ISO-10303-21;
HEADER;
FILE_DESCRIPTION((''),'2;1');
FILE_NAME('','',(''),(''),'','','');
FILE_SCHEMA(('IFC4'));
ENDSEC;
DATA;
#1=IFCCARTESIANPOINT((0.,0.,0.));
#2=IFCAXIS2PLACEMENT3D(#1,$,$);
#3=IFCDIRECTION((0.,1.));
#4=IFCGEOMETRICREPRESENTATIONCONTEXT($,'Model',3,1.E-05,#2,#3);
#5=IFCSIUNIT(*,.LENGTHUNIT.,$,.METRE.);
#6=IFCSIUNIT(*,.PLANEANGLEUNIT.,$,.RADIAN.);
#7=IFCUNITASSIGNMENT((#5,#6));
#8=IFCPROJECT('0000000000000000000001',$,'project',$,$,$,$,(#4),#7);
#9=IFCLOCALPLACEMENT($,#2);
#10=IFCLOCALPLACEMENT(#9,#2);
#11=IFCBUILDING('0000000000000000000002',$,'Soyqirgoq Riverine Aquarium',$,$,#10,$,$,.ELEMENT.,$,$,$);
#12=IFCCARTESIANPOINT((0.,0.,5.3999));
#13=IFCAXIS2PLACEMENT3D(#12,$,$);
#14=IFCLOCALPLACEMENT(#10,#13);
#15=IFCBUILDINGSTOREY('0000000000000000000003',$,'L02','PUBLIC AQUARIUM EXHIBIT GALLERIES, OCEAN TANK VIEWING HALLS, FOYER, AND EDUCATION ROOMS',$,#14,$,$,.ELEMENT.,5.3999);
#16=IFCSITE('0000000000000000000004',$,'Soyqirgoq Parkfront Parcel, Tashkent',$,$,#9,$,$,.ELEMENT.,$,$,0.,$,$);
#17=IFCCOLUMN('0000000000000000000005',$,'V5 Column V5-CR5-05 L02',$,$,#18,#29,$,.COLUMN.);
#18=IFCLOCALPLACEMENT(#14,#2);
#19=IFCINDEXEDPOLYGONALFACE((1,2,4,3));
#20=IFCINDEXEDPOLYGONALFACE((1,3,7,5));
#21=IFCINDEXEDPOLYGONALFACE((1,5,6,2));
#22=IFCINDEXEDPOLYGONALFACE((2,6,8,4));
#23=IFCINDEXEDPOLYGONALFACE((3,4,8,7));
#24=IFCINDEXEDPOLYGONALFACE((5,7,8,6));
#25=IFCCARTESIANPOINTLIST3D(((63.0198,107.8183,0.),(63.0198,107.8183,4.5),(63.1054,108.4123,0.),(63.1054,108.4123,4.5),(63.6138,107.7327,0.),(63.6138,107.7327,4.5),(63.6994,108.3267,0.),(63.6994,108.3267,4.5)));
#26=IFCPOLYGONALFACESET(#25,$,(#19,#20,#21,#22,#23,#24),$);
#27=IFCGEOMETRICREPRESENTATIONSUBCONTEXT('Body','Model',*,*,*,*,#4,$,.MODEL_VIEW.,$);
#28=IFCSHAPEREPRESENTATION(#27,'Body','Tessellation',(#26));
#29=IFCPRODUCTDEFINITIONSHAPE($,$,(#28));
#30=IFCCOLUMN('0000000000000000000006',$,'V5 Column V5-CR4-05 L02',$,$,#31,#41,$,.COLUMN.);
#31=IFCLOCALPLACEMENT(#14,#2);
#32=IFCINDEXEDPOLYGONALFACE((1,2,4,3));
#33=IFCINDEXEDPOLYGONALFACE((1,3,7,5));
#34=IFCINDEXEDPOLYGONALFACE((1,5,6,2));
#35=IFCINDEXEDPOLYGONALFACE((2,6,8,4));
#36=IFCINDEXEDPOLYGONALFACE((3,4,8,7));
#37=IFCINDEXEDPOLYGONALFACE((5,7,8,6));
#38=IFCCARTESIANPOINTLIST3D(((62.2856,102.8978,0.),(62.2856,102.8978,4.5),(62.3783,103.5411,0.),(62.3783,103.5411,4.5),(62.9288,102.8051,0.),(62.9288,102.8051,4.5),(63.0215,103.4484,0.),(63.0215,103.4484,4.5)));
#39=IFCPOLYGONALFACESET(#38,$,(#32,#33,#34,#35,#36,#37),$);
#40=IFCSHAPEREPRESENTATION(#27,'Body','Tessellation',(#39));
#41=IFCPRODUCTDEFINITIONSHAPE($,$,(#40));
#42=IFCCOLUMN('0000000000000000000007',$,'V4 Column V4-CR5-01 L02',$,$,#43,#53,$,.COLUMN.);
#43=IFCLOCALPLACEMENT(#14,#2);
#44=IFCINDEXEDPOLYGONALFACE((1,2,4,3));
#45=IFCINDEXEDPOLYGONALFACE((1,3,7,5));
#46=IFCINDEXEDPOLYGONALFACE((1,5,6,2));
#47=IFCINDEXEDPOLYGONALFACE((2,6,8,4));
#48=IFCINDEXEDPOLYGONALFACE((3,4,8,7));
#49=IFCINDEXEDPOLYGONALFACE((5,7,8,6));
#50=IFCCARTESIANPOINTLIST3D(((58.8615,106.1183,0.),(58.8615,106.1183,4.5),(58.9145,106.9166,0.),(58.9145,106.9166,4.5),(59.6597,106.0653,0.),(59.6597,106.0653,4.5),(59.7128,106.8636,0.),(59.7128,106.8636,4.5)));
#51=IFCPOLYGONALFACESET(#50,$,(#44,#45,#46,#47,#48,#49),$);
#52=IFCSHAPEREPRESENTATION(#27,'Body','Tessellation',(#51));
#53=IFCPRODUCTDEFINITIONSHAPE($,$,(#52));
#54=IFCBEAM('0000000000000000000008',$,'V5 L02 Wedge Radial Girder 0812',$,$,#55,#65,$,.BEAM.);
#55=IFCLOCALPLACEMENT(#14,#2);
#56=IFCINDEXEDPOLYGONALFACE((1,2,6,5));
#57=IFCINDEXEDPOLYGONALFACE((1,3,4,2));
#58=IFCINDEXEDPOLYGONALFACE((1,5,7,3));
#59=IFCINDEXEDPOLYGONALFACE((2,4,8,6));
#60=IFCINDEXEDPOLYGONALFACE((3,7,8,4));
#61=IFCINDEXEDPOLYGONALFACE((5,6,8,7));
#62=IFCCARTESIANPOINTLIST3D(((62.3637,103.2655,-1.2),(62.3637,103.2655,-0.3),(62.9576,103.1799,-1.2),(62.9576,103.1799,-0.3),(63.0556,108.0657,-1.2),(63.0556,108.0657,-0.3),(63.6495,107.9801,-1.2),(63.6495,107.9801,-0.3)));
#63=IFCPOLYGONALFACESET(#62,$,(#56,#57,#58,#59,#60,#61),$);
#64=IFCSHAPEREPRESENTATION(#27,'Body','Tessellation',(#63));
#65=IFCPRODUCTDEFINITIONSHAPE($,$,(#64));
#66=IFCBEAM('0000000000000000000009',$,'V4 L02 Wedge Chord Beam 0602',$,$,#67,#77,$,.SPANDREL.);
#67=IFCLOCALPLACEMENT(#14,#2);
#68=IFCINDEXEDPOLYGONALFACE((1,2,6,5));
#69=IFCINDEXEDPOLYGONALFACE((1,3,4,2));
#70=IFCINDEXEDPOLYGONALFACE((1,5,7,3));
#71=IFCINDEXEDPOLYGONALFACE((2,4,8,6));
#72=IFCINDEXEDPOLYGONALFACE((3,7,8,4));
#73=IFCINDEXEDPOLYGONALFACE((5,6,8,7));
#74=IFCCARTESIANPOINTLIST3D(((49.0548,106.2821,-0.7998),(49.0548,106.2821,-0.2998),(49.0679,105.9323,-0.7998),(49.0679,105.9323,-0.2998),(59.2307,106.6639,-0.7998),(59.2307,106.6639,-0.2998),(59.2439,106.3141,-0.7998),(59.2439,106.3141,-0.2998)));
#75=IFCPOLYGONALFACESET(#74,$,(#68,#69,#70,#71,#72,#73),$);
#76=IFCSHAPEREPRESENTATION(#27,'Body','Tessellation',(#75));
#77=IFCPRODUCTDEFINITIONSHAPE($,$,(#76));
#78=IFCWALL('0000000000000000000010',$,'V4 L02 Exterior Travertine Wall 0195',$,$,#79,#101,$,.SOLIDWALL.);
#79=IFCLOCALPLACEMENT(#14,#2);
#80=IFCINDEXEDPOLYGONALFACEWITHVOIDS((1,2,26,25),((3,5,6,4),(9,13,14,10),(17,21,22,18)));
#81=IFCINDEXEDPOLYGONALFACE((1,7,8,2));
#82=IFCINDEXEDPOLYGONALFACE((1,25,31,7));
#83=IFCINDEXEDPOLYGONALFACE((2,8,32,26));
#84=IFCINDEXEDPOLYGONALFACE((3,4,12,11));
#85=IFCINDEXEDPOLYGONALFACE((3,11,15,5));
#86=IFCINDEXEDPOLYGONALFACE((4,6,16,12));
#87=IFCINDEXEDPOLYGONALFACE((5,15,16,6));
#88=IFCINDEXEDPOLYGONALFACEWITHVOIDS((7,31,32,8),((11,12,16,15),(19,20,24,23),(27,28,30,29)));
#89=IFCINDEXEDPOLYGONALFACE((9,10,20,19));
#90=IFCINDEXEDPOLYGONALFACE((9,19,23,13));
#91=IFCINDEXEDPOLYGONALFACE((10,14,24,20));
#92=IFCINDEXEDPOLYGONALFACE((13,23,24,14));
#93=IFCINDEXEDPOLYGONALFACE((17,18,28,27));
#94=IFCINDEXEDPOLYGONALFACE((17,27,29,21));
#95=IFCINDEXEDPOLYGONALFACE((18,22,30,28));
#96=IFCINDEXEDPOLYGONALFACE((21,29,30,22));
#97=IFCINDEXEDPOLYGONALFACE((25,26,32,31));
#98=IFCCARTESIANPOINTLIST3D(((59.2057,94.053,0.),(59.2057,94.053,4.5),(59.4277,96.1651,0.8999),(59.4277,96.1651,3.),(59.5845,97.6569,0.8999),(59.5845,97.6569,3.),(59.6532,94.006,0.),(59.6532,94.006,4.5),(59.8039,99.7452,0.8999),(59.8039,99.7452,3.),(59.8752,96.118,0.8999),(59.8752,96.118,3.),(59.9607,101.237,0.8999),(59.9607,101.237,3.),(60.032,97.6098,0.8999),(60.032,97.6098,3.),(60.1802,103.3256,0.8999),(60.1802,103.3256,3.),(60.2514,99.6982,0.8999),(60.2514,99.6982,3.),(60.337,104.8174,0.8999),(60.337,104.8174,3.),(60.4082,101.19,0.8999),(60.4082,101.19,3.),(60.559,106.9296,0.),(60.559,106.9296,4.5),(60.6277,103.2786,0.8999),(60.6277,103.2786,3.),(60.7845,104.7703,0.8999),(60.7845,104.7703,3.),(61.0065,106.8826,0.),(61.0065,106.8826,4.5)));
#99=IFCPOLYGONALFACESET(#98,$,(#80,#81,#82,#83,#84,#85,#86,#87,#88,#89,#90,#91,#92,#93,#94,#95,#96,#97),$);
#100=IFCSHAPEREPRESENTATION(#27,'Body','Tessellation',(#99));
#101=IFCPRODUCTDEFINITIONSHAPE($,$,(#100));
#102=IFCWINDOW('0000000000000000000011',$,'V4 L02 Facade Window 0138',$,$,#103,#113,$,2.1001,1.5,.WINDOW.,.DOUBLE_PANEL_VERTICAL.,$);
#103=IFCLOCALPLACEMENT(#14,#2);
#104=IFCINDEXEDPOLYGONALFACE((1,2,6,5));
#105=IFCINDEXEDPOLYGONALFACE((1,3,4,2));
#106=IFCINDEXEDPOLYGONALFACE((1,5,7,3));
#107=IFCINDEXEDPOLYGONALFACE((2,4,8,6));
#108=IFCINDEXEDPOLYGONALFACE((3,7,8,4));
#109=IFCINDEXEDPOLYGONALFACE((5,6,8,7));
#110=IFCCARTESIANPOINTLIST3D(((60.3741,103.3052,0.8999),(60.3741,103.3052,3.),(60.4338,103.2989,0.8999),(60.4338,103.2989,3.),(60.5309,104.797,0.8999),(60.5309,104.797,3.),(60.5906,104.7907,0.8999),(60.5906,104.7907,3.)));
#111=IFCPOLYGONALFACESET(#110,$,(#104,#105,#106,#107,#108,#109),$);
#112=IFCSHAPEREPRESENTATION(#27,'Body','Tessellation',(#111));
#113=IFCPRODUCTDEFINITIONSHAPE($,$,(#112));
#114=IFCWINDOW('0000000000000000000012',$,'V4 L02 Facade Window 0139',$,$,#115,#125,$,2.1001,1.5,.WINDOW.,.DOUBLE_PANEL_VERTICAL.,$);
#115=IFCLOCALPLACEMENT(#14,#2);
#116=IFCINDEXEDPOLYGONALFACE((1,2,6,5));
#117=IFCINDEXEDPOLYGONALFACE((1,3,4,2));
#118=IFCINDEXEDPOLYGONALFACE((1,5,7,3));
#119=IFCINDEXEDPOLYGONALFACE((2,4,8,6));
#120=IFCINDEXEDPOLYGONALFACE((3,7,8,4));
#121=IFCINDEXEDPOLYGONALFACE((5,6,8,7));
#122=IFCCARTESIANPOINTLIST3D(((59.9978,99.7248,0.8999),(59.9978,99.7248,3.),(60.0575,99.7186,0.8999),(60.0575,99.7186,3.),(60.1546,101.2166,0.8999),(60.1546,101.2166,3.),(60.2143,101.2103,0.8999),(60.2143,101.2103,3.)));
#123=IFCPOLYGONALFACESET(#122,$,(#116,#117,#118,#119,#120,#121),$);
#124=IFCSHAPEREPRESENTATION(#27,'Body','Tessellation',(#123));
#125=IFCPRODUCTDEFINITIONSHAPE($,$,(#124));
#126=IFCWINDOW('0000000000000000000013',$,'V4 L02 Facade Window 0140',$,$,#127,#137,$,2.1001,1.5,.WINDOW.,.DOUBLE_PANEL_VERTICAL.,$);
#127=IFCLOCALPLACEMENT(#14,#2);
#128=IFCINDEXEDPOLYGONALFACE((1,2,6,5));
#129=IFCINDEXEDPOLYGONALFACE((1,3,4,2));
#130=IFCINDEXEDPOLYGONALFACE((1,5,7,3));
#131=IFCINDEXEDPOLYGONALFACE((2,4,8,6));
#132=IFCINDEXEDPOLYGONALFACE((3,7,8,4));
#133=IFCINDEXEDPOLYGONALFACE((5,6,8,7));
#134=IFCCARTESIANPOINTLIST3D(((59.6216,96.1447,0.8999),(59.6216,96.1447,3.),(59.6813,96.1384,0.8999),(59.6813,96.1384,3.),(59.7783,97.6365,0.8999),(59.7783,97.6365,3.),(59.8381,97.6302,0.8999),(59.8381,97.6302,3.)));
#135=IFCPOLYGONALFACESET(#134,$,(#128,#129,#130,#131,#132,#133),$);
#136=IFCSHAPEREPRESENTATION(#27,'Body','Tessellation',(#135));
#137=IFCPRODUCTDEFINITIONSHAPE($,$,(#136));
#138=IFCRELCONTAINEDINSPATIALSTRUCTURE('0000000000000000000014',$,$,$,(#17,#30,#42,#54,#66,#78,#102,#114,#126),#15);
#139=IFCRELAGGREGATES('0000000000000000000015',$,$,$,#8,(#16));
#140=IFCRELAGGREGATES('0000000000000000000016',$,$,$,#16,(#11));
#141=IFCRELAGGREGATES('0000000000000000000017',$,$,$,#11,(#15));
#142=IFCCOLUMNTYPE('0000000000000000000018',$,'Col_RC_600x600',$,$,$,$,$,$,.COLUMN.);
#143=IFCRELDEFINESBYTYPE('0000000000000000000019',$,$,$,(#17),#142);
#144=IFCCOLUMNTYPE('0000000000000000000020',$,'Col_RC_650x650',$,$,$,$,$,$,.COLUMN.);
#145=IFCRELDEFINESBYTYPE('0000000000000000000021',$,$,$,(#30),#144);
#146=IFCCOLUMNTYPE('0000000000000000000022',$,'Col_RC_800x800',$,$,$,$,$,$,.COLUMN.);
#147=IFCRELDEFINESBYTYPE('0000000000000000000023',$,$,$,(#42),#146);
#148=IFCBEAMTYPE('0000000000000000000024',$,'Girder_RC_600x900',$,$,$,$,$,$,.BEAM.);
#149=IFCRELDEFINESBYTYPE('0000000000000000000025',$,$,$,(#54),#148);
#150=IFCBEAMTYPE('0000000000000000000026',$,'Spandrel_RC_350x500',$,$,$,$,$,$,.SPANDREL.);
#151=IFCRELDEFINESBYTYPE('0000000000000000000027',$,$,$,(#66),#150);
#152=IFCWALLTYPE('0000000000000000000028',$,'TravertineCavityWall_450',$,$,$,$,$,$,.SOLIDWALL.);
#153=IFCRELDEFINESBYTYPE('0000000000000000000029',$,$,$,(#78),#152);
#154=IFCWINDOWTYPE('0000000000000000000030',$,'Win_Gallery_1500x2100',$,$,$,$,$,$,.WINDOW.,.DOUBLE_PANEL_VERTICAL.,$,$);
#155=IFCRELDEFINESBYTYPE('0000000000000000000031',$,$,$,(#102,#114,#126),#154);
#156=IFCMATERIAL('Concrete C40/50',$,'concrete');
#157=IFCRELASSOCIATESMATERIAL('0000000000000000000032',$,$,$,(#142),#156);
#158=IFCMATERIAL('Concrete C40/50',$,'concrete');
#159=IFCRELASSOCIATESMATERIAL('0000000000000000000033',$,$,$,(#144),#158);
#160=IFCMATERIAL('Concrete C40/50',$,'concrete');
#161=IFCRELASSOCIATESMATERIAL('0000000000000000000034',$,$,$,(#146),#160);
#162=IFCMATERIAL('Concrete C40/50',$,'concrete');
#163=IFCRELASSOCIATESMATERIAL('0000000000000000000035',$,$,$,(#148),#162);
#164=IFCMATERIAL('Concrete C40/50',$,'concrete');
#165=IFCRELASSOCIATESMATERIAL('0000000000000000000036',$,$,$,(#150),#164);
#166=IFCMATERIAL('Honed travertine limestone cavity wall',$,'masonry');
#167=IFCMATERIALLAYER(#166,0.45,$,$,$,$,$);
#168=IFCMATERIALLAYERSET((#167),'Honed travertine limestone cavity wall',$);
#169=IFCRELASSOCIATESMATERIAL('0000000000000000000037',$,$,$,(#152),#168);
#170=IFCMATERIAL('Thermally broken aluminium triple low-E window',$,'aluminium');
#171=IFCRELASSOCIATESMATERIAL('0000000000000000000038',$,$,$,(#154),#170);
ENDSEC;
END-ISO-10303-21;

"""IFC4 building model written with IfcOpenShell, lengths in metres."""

from ifc_helpers import new_model, si_unit, direction, frame, frame_2d, origin, origin_2d, place, context, subcontext, project, spatial, rectangle, extrude, material, layer, layer_set, material_profile, profile_set, type_object, element, fill, save


model = new_model("IFC4")

# Units and contexts
model_context = context("Model", 3, precision=1e-05, world=origin(), true_north=direction((0.0, 1.0)))
body_context = subcontext(model_context, "Body", "Model", "MODEL_VIEW")
ifc_project = project(units=[si_unit("LENGTHUNIT", "METRE"), si_unit("PLANEANGLEUNIT", "RADIAN")], contexts=[model_context])

# Site, building, storey
site_placement = place(None, origin())
site = spatial("IfcSite", under=ifc_project, at=site_placement, Name="Soyqirgoq Parkfront Parcel, Tashkent", CompositionType="ELEMENT", RefElevation=0.0)
building_placement = place(site_placement, origin())
building = spatial("IfcBuilding", under=site, at=building_placement, Name="Soyqirgoq Riverine Aquarium", CompositionType="ELEMENT")
storey_placement = place(building_placement, frame((0.0, 0.0, 5.3999)))
storey = spatial("IfcBuildingStorey", under=building, at=storey_placement, Name="L02", Description="PUBLIC AQUARIUM EXHIBIT GALLERIES, OCEAN TANK VIEWING HALLS, FOYER, AND EDUCATION ROOMS", CompositionType="ELEMENT", Elevation=5.3999)

# Columns
ifc_material_1 = material(Name="Concrete C40/50", Category="concrete")
ifc_material_profile_1 = material_profile(ifc_material_1, rectangle(XDim=0.6001, YDim=0.6001, at=origin_2d()), Name="RC 600x600")
ifc_profile_set_1 = profile_set([ifc_material_profile_1], Name="Concrete C40/50")
column_type_1 = type_object("IfcColumnType", Name="Col_RC_600x600", PredefinedType="COLUMN", material=ifc_profile_set_1)
column_1_placement = place(storey_placement, frame((63.3596, 108.0725, 0.0), z_axis=(0.0, 0.0, 1.0), x_axis=(0.142629, 0.989776, 0.0)))
element("IfcColumn", 1, at=column_1_placement, inside=storey, type_object=column_type_1, Name="V5 Column V5-CR5-05 L02", PredefinedType="COLUMN", context=body_context, shape_type="SweptSolid", body=[
    extrude(rectangle(XDim=0.6001, YDim=0.6001, at=origin_2d()), origin(), (0.0, 0.0, 1.0), 4.5),
])
ifc_material_2 = material(Name="Concrete C40/50", Category="concrete")
ifc_material_profile_2 = material_profile(ifc_material_2, rectangle(XDim=0.6499, YDim=0.6499, at=origin_2d()), Name="RC 650x650")
ifc_profile_set_2 = profile_set([ifc_material_profile_2], Name="Concrete C40/50")
column_type_2 = type_object("IfcColumnType", Name="Col_RC_650x650", PredefinedType="COLUMN", material=ifc_profile_set_2)
column_2_placement = place(storey_placement, frame((62.6536, 103.1731, 0.0), z_axis=(0.0, 0.0, 1.0), x_axis=(0.142629, 0.989776, 0.0)))
element("IfcColumn", 2, at=column_2_placement, inside=storey, type_object=column_type_2, Name="V5 Column V5-CR4-05 L02", PredefinedType="COLUMN", context=body_context, shape_type="SweptSolid", body=[
    extrude(rectangle(XDim=0.6499, YDim=0.6499, at=origin_2d()), origin(), (0.0, 0.0, 1.0), 4.5),
])
ifc_material_3 = material(Name="Concrete C40/50", Category="concrete")
ifc_material_profile_3 = material_profile(ifc_material_3, rectangle(XDim=0.8, YDim=0.8, at=origin_2d()), Name="RC 800x800")
ifc_profile_set_3 = profile_set([ifc_material_profile_3], Name="Concrete C40/50")
column_type_3 = type_object("IfcColumnType", Name="Col_RC_800x800", PredefinedType="COLUMN", material=ifc_profile_set_3)
column_3_placement = place(storey_placement, frame((59.2871, 106.491, 0.0), z_axis=(0.0, 0.0, 1.0), x_axis=(0.066274, 0.997801, 0.0)))
element("IfcColumn", 3, at=column_3_placement, inside=storey, type_object=column_type_3, Name="V4 Column V4-CR5-01 L02", PredefinedType="COLUMN", context=body_context, shape_type="SweptSolid", body=[
    extrude(rectangle(XDim=0.8, YDim=0.8, at=origin_2d()), origin(), (0.0, 0.0, 1.0), 4.5),
])

# Beams
ifc_material_4 = material(Name="Concrete C40/50", Category="concrete")
ifc_material_profile_4 = material_profile(ifc_material_4, rectangle(XDim=0.6001, YDim=0.8999, at=origin_2d()), Name="RC 600x900")
ifc_profile_set_4 = profile_set([ifc_material_profile_4], Name="Concrete C40/50")
beam_type_1 = type_object("IfcBeamType", Name="Girder_RC_600x900", PredefinedType="BEAM", material=ifc_profile_set_4)
beam_1_placement = place(storey_placement, frame((62.6606, 103.2227, -0.75), z_axis=(0.142662, 0.989772, 0.0), x_axis=(-0.989772, 0.142662, 0.0)))
element("IfcBeam", 4, at=beam_1_placement, inside=storey, type_object=beam_type_1, Name="V5 L02 Wedge Radial Girder 0812", PredefinedType="BEAM", context=body_context, shape_type="SweptSolid", body=[
    extrude(rectangle(XDim=0.6001, YDim=0.8999, at=origin_2d()), origin(), (0.0, 0.0, 1.0), 4.8499),
])
ifc_material_5 = material(Name="Concrete C40/50", Category="concrete")
ifc_material_profile_5 = material_profile(ifc_material_5, rectangle(XDim=0.3501, YDim=0.5, at=origin_2d()), Name="RC 350x500")
ifc_profile_set_5 = profile_set([ifc_material_profile_5], Name="Concrete C40/50")
beam_type_2 = type_object("IfcBeamType", Name="Spandrel_RC_350x500", PredefinedType="SPANDREL", material=ifc_profile_set_5)
beam_2_placement = place(storey_placement, frame((59.2373, 106.489, -0.5498), z_axis=(-0.999297, -0.037497, 0.0), x_axis=(0.037497, -0.999297, 0.0)))
element("IfcBeam", 5, at=beam_2_placement, inside=storey, type_object=beam_type_2, Name="V4 L02 Wedge Chord Beam 0602", PredefinedType="SPANDREL", context=body_context, shape_type="SweptSolid", body=[
    extrude(rectangle(XDim=0.3501, YDim=0.5, at=origin_2d()), origin(), (0.0, 0.0, 1.0), 10.1831),
])

# Wall, openings, windows
ifc_material_6 = material(Name="Honed travertine limestone cavity wall", Category="masonry")
ifc_layer_1 = layer(ifc_material_6, 0.45)
ifc_layer_set_1 = layer_set([ifc_layer_1], Name="Honed travertine limestone cavity wall")
wall_type_1 = type_object("IfcWallType", Name="TravertineCavityWall_450", PredefinedType="SOLIDWALL", material=ifc_layer_set_1)
wall_1_placement = place(storey_placement, frame((60.7827, 106.906, 0.0), z_axis=(0.0, 0.0, 1.0), x_axis=(-0.104519, -0.994523, 0.0)))
wall_1 = element("IfcWall", 6, at=wall_1_placement, inside=storey, type_object=wall_type_1, Name="V4 L02 Exterior Travertine Wall 0195", PredefinedType="SOLIDWALL", context=body_context, shape_type="SweptSolid", body=[
    extrude(rectangle(XDim=12.9475, YDim=0.45, at=frame_2d((6.4736, 0.0))), origin(), (0.0, 0.0, 1.0), 4.5),
])
opening_1_placement = place(wall_1_placement, frame((2.1238, 0.0, 0.8999)))
opening_1 = element("IfcOpeningElement", 7, at=opening_1_placement, cuts=wall_1, PredefinedType="OPENING", context=body_context, shape_type="SweptSolid", body=[
    extrude(rectangle(XDim=1.5, YDim=2.1001, at=frame_2d((0.75, 1.05))), frame((0.0, 0.2349, 0.0), z_axis=(0.0, -1.0, 0.0), x_axis=(1.0, 0.0, 0.0)), (0.0, 0.0, 1.0), 0.47),
])
opening_2_placement = place(wall_1_placement, frame((5.7239, 0.0, 0.8999)))
opening_2 = element("IfcOpeningElement", 8, at=opening_2_placement, cuts=wall_1, PredefinedType="OPENING", context=body_context, shape_type="SweptSolid", body=[
    extrude(rectangle(XDim=1.5, YDim=2.1001, at=frame_2d((0.75, 1.05))), frame((0.0, 0.2349, 0.0), z_axis=(0.0, -1.0, 0.0), x_axis=(1.0, 0.0, 0.0)), (0.0, 0.0, 1.0), 0.47),
])
opening_3_placement = place(wall_1_placement, frame((9.3237, 0.0, 0.8999)))
opening_3 = element("IfcOpeningElement", 9, at=opening_3_placement, cuts=wall_1, PredefinedType="OPENING", context=body_context, shape_type="SweptSolid", body=[
    extrude(rectangle(XDim=1.5, YDim=2.1001, at=frame_2d((0.75, 1.05))), frame((0.0, 0.2349, 0.0), z_axis=(0.0, -1.0, 0.0), x_axis=(1.0, 0.0, 0.0)), (0.0, 0.0, 1.0), 0.47),
])
ifc_material_7 = material(Name="Thermally broken aluminium triple low-E window", Category="aluminium")
window_type_1 = type_object("IfcWindowType", Name="Win_Gallery_1500x2100", PartitioningType="DOUBLE_PANEL_VERTICAL", PredefinedType="WINDOW", material=ifc_material_7)
window_1_placement = place(opening_1_placement, origin())
window_1 = element("IfcWindow", 10, at=window_1_placement, inside=storey, type_object=window_type_1, Name="V4 L02 Facade Window 0138", OverallHeight=2.1001, OverallWidth=1.5, PartitioningType="DOUBLE_PANEL_VERTICAL", PredefinedType="WINDOW", context=body_context, shape_type="SweptSolid", body=[
    extrude(rectangle(XDim=1.5, YDim=2.1001, at=frame_2d((0.75, 1.05))), frame((0.0, 0.03, 0.0), z_axis=(0.0, -1.0, 0.0), x_axis=(1.0, 0.0, 0.0)), (0.0, 0.0, 1.0), 0.0601),
])
fill(opening_1, window_1)
window_2_placement = place(opening_2_placement, origin())
window_2 = element("IfcWindow", 11, at=window_2_placement, inside=storey, type_object=window_type_1, Name="V4 L02 Facade Window 0139", OverallHeight=2.1001, OverallWidth=1.5, PartitioningType="DOUBLE_PANEL_VERTICAL", PredefinedType="WINDOW", context=body_context, shape_type="SweptSolid", body=[
    extrude(rectangle(XDim=1.5, YDim=2.1001, at=frame_2d((0.75, 1.05))), frame((0.0, 0.03, 0.0), z_axis=(0.0, -1.0, 0.0), x_axis=(1.0, 0.0, 0.0)), (0.0, 0.0, 1.0), 0.0601),
])
fill(opening_2, window_2)
window_3_placement = place(opening_3_placement, origin())
window_3 = element("IfcWindow", 12, at=window_3_placement, inside=storey, type_object=window_type_1, Name="V4 L02 Facade Window 0140", OverallHeight=2.1001, OverallWidth=1.5, PartitioningType="DOUBLE_PANEL_VERTICAL", PredefinedType="WINDOW", context=body_context, shape_type="SweptSolid", body=[
    extrude(rectangle(XDim=1.5, YDim=2.1001, at=frame_2d((0.75, 1.05))), frame((0.0, 0.03, 0.0), z_axis=(0.0, -1.0, 0.0), x_axis=(1.0, 0.0, 0.0)), (0.0, 0.0, 1.0), 0.0601),
])
fill(opening_3, window_3)

save(model, "model.ifc")
